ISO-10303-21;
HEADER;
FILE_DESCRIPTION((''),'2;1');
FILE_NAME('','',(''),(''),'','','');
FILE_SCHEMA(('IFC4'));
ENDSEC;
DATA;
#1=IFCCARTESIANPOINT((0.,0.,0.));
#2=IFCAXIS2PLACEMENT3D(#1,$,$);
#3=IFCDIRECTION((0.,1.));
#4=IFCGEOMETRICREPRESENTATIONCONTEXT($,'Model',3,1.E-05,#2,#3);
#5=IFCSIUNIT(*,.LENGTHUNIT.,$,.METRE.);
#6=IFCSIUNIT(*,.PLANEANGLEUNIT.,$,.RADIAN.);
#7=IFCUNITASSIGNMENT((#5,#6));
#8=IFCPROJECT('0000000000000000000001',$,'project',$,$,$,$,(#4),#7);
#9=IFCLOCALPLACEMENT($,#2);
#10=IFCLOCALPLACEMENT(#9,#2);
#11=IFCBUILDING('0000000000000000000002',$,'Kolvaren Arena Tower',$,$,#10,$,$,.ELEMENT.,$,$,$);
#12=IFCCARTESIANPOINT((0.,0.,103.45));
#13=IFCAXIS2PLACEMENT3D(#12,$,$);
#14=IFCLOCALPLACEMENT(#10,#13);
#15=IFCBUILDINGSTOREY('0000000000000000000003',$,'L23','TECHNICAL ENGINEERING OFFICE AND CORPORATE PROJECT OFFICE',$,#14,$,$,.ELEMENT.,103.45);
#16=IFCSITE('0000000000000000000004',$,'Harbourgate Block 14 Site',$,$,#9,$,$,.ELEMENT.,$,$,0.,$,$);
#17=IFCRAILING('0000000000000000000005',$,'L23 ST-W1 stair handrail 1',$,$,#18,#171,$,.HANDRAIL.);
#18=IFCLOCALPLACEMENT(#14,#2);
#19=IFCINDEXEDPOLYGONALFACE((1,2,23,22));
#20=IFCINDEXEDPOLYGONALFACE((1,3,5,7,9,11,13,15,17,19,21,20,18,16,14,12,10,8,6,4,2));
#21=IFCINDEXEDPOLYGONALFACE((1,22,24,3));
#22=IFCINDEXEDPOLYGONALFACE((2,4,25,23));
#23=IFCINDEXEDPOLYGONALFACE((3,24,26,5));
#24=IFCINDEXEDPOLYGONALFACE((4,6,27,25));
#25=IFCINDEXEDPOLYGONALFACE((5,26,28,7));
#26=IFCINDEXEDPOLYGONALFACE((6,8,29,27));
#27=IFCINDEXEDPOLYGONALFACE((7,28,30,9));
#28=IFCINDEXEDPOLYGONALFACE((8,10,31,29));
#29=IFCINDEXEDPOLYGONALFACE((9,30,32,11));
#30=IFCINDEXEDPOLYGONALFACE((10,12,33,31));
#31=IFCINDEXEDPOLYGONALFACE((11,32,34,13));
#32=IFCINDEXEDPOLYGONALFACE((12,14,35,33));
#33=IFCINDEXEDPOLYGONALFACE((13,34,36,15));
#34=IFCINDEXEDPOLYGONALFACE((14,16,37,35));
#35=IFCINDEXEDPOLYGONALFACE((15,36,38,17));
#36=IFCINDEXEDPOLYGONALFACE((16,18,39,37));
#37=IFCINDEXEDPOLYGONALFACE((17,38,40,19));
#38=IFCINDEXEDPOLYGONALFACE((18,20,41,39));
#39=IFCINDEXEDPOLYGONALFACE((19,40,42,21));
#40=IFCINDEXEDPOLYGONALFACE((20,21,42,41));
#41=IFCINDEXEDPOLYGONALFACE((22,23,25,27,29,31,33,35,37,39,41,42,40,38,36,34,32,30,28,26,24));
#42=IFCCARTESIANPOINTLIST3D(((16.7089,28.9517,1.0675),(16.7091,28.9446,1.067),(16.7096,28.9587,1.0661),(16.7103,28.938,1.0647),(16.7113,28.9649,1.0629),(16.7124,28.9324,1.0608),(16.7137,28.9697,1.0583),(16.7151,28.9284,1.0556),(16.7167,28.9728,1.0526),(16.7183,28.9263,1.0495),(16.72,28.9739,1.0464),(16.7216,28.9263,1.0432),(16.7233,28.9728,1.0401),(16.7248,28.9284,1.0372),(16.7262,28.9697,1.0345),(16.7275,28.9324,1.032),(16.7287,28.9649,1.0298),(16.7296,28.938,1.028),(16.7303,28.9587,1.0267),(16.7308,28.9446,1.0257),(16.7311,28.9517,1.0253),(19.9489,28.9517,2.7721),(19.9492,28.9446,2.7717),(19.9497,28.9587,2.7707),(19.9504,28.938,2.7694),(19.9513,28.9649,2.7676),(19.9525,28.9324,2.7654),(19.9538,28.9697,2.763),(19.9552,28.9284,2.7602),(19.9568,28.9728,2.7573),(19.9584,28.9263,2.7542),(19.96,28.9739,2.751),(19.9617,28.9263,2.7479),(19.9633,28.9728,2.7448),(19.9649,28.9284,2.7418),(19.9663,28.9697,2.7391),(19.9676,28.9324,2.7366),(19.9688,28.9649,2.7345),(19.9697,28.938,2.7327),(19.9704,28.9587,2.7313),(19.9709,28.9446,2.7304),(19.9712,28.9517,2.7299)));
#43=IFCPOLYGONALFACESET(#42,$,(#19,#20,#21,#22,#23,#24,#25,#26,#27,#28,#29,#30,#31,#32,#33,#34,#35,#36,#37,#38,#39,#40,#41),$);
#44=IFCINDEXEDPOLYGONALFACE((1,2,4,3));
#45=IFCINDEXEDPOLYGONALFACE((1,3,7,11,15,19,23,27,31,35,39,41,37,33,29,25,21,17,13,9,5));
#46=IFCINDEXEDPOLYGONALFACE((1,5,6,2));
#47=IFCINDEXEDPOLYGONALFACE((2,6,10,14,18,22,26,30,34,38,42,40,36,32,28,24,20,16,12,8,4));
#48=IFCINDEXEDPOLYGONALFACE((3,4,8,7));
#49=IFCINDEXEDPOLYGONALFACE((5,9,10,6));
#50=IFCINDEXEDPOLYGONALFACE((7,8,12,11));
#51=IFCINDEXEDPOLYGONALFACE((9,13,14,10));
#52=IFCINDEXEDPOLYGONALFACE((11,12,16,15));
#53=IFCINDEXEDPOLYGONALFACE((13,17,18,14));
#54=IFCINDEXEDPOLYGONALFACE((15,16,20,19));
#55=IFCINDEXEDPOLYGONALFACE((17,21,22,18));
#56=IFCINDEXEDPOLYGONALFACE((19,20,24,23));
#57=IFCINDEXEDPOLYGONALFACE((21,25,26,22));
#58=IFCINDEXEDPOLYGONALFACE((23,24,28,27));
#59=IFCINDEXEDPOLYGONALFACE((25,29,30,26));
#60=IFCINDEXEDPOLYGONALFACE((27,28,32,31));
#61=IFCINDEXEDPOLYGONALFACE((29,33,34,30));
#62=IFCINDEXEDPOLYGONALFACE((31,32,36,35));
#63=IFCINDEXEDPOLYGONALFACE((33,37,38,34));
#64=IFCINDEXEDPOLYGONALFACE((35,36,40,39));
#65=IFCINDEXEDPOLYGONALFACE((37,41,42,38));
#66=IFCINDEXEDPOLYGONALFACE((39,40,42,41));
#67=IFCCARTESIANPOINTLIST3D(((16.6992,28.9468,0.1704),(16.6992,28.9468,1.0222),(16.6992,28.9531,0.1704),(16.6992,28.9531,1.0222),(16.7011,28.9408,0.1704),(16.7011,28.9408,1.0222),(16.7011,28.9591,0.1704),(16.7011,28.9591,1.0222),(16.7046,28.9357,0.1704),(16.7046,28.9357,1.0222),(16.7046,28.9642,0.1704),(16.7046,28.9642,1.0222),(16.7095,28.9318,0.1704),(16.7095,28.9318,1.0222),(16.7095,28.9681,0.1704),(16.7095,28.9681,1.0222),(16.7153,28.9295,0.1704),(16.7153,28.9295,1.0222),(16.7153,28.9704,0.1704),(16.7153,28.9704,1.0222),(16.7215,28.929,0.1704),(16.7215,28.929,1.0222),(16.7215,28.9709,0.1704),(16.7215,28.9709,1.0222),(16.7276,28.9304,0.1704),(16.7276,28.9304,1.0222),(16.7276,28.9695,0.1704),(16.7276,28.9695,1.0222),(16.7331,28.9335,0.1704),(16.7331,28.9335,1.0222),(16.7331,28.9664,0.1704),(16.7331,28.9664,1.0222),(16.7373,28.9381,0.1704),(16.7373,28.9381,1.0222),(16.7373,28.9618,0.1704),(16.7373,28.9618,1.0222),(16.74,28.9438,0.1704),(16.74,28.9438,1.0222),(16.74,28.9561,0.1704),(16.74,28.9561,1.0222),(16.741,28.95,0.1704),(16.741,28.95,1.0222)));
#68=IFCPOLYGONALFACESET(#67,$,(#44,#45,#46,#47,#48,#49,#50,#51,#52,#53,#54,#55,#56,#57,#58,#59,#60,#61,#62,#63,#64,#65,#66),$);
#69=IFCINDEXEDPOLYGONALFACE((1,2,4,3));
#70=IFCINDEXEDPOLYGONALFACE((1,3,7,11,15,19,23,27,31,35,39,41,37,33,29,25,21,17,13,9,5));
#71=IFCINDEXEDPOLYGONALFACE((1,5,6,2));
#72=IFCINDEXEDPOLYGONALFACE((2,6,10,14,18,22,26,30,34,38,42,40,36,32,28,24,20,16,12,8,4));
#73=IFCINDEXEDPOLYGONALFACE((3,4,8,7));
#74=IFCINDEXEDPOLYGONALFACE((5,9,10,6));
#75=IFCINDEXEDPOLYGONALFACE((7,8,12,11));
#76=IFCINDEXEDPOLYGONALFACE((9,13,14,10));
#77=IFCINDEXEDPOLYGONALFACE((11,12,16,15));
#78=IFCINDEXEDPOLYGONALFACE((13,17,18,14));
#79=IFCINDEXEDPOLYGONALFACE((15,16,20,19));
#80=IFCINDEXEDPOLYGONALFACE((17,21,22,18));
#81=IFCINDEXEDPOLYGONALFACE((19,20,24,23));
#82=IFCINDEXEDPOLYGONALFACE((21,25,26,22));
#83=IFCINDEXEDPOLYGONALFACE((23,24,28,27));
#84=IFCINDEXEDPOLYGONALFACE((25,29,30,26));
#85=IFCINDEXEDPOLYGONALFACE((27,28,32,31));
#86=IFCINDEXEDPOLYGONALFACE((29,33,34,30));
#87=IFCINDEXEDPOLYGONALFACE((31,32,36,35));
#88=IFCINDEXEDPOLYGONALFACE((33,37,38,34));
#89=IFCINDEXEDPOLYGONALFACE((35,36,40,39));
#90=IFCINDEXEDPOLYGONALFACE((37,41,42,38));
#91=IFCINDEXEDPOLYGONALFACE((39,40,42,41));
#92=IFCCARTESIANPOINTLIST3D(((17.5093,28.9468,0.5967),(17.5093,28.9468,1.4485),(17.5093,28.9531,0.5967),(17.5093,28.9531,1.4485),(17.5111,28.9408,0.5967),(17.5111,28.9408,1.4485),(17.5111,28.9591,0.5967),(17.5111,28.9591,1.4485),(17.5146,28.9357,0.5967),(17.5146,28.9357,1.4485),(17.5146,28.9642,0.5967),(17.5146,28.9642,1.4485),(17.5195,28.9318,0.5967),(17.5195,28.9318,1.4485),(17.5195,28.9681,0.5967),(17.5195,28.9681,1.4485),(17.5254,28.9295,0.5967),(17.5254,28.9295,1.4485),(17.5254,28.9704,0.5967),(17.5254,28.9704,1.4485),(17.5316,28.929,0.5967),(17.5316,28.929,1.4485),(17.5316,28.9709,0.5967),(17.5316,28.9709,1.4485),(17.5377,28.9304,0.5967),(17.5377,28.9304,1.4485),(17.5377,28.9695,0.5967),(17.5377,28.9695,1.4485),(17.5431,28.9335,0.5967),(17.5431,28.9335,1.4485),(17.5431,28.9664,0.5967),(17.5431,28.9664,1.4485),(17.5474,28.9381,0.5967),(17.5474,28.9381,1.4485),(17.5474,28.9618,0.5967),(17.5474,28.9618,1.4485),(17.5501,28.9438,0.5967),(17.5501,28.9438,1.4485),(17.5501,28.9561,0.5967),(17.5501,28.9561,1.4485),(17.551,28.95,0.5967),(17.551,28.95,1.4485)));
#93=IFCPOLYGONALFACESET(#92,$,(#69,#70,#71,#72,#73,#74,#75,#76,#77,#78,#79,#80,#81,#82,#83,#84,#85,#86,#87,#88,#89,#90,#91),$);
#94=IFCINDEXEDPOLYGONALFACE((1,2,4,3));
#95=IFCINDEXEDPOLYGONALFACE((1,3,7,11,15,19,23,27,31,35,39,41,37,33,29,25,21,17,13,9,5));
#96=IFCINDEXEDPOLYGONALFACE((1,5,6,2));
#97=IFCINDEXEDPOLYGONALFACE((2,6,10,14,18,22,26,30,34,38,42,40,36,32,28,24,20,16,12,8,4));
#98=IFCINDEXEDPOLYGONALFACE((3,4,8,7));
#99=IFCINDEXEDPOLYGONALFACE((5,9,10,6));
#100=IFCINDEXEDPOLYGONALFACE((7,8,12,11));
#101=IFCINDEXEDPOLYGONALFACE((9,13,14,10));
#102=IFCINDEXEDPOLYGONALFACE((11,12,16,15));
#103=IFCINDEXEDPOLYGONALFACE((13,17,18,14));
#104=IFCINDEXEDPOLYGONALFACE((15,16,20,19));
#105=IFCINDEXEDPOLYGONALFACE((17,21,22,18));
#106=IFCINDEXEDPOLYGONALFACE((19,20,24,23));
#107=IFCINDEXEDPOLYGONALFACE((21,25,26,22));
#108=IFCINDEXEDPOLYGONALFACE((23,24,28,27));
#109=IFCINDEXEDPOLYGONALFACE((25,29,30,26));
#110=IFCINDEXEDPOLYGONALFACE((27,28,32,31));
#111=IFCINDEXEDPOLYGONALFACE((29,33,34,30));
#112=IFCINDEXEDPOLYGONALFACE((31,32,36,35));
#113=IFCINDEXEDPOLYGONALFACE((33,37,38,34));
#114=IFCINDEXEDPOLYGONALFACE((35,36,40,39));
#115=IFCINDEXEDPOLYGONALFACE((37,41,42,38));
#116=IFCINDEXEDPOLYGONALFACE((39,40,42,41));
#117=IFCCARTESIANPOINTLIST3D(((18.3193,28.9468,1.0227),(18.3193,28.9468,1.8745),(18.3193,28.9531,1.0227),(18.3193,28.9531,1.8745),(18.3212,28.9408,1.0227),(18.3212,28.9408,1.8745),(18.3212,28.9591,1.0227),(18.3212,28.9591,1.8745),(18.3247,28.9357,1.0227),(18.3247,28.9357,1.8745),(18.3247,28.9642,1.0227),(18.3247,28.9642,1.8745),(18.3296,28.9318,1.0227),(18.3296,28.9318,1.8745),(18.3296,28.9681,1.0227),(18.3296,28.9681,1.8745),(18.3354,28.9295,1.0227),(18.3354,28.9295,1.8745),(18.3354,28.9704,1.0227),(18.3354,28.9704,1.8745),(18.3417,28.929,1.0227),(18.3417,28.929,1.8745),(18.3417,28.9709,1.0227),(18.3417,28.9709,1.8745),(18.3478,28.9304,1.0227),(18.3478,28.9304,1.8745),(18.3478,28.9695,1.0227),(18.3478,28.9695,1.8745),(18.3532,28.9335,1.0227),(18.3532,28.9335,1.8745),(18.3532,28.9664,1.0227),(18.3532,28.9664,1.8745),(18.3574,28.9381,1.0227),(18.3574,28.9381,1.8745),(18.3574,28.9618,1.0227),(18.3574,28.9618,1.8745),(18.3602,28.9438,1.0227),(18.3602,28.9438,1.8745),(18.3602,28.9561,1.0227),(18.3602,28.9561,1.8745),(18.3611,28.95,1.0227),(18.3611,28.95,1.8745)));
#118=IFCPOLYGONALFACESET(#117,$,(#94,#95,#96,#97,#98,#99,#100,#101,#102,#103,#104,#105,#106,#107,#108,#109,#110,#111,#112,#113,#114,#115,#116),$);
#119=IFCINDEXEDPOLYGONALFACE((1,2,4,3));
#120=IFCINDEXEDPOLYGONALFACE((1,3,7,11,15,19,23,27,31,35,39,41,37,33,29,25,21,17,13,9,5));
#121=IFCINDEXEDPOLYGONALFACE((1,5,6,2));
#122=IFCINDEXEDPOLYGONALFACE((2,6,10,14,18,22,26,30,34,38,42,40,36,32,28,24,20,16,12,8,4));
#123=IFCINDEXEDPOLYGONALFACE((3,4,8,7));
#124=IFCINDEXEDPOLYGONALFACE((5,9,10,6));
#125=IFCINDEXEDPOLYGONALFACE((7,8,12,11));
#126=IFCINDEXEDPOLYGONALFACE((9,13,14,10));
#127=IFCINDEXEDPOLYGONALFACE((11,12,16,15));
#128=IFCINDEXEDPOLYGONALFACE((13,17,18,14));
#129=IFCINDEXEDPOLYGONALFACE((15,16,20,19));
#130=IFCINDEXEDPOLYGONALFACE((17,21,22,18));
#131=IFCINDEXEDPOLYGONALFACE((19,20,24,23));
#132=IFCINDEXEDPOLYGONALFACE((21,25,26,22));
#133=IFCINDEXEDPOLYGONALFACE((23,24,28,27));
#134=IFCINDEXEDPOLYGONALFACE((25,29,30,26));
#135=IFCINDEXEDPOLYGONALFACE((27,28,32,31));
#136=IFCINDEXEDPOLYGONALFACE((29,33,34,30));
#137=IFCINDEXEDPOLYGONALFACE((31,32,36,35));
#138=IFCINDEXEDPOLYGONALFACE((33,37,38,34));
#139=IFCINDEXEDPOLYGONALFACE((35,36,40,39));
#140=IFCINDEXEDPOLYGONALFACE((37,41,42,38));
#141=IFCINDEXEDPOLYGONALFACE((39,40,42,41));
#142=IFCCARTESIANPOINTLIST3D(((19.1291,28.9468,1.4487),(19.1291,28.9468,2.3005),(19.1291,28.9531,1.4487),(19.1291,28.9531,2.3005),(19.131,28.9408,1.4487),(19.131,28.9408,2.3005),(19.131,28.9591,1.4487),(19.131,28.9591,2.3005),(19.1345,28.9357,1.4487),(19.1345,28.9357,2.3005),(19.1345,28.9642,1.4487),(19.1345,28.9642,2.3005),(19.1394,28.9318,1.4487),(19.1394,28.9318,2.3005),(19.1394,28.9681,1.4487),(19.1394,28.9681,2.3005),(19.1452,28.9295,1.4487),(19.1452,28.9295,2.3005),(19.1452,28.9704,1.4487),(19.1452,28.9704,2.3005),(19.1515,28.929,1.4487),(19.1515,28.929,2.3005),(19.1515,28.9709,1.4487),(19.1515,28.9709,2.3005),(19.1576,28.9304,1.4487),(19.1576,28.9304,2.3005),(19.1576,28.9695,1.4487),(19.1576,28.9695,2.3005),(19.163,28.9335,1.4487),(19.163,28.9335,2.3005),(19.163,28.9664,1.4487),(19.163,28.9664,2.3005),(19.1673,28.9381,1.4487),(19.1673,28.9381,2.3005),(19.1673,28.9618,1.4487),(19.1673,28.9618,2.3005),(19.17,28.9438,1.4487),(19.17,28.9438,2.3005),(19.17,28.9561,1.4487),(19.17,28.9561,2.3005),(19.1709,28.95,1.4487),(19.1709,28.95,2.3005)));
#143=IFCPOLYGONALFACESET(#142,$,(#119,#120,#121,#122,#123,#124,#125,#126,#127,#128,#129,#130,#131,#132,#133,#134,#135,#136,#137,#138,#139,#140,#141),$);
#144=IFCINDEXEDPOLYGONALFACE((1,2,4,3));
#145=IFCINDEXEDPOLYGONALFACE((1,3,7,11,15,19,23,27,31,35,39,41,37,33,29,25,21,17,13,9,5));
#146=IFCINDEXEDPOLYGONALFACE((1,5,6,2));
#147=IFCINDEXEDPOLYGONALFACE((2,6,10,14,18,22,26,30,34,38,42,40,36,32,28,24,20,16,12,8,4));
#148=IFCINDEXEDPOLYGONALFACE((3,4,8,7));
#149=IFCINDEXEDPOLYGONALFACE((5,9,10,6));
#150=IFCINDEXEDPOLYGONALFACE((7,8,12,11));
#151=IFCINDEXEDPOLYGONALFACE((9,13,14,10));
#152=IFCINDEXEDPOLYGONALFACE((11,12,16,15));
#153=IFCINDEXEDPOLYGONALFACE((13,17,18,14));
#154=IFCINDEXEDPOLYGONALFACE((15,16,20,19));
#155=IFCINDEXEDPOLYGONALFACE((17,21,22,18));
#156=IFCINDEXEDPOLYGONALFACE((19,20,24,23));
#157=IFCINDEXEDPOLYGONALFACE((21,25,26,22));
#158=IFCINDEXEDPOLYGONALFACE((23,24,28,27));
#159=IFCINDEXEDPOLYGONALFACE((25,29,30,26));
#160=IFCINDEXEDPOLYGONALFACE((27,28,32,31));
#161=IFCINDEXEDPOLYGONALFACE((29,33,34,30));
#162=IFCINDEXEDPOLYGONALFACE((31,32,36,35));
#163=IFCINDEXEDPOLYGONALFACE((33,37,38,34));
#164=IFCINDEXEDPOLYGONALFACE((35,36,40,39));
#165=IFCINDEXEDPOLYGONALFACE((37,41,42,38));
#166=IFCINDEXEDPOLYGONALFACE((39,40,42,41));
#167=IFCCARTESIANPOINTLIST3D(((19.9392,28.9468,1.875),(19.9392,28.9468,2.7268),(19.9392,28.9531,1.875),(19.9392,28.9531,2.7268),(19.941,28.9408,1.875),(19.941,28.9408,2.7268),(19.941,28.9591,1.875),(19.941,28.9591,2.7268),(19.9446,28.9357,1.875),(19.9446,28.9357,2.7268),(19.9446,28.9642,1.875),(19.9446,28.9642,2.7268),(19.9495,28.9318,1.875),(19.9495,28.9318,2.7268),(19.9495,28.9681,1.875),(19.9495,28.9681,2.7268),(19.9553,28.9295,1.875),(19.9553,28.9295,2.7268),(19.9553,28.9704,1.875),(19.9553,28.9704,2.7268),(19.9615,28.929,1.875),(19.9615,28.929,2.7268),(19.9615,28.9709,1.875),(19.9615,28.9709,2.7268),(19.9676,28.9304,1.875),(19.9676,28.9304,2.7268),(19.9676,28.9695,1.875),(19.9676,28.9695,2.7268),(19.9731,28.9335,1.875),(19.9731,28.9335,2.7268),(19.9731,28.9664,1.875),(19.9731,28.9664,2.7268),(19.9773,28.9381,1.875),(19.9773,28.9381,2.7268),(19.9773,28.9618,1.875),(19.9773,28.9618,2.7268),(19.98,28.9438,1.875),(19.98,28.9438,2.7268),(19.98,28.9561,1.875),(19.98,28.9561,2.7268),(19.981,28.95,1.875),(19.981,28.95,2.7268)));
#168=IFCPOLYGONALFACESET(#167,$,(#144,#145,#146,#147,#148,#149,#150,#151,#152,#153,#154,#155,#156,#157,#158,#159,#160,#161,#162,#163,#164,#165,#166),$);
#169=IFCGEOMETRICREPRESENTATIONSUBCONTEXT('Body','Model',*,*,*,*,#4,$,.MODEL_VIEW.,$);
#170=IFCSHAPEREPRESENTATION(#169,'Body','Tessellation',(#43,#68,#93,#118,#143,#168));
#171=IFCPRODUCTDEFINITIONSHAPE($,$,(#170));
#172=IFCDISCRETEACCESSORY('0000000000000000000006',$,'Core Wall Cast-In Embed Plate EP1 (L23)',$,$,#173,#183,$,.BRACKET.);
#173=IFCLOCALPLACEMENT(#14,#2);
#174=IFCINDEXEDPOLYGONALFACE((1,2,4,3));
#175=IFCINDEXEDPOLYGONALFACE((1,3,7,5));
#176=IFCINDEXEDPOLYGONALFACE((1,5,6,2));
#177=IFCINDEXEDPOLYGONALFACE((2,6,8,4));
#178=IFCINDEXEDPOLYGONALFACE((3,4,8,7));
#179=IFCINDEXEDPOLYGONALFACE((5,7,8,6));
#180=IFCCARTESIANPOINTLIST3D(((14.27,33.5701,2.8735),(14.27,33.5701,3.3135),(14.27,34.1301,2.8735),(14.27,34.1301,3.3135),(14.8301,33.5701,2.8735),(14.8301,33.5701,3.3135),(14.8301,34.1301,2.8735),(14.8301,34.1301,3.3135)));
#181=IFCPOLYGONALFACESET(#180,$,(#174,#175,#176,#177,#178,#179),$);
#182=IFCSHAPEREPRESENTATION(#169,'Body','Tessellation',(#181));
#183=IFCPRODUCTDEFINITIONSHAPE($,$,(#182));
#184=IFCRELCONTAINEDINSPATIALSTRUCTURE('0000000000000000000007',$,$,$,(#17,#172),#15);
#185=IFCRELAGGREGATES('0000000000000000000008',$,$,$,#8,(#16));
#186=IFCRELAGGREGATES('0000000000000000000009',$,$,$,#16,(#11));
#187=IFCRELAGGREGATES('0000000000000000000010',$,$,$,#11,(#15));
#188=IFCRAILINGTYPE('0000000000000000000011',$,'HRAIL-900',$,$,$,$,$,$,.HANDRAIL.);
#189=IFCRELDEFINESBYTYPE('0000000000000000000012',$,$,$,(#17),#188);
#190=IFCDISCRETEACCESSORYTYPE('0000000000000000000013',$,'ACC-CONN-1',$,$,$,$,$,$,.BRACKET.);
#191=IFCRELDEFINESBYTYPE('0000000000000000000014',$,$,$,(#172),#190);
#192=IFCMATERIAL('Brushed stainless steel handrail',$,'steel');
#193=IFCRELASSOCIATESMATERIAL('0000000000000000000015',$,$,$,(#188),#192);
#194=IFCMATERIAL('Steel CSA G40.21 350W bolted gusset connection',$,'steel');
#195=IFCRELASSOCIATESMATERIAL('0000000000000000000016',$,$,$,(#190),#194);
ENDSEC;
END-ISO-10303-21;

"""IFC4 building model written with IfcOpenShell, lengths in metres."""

from ifc_helpers import new_model, si_unit, direction, frame, origin, origin_2d, place, context, subcontext, project, spatial, rectangle, circle, extrude, material, type_object, element, save


model = new_model("IFC4")

# Units and contexts
model_context = context("Model", 3, precision=1e-05, world=origin(), true_north=direction((0.0, 1.0)))
body_context = subcontext(model_context, "Body", "Model", "MODEL_VIEW")
ifc_project = project(units=[si_unit("LENGTHUNIT", "METRE"), si_unit("PLANEANGLEUNIT", "RADIAN")], contexts=[model_context])

# Site, building, storey
site_placement = place(None, origin())
site = spatial("IfcSite", under=ifc_project, at=site_placement, Name="Harbourgate Block 14 Site", CompositionType="ELEMENT", RefElevation=0.0)
building_placement = place(site_placement, origin())
building = spatial("IfcBuilding", under=site, at=building_placement, Name="Kolvaren Arena Tower", CompositionType="ELEMENT")
storey_placement = place(building_placement, frame((0.0, 0.0, 103.45)))
storey = spatial("IfcBuildingStorey", under=building, at=storey_placement, Name="L23", Description="TECHNICAL ENGINEERING OFFICE AND CORPORATE PROJECT OFFICE", CompositionType="ELEMENT", Elevation=103.45)

# Railing
ifc_material_1 = material(Name="Brushed stainless steel handrail", Category="steel")
railing_type_1 = type_object("IfcRailingType", Name="HRAIL-900", PredefinedType="HANDRAIL", material=ifc_material_1)
railing_1_placement = place(storey_placement, frame((16.72, 28.95, 0.1704)))
element("IfcRailing", 1, at=railing_1_placement, inside=storey, type_object=railing_type_1, Name="L23 ST-W1 stair handrail 1", PredefinedType="HANDRAIL", context=body_context, shape_type="SweptSolid", body=[
    extrude(circle(Radius=0.0239, at=origin_2d()), frame((0.0, 0.0, 0.876), z_axis=(0.884993, 0.0, 0.465604), x_axis=(0.0, 1.0, 0.0)), (0.0, 0.0, 1.0), 3.6611),
    extrude(circle(Radius=0.021, at=origin_2d()), origin(), (0.0, 0.0, 1.0), 0.8518),
    extrude(circle(Radius=0.021, at=origin_2d()), frame((0.8101, 0.0, 0.4263)), (0.0, 0.0, 1.0), 0.8518),
    extrude(circle(Radius=0.021, at=origin_2d()), frame((1.6201, 0.0, 0.8523)), (0.0, 0.0, 1.0), 0.8518),
    extrude(circle(Radius=0.021, at=origin_2d()), frame((2.4299, 0.0, 1.2783)), (0.0, 0.0, 1.0), 0.8518),
    extrude(circle(Radius=0.021, at=origin_2d()), frame((3.24, 0.0, 1.7046)), (0.0, 0.0, 1.0), 0.8518),
])

# Discrete accessory
ifc_material_2 = material(Name="Steel CSA G40.21 350W bolted gusset connection", Category="steel")
discrete_accessory_type = type_object("IfcDiscreteAccessoryType", Name="ACC-CONN-1", PredefinedType="BRACKET", material=ifc_material_2)
discrete_accessory_placement = place(storey_placement, frame((14.55, 33.8501, 2.8735), z_axis=(0.0, 0.0, 1.0), x_axis=(1.0, 0.0, 0.0)))
element("IfcDiscreteAccessory", 2, at=discrete_accessory_placement, inside=storey, type_object=discrete_accessory_type, Name="Core Wall Cast-In Embed Plate EP1 (L23)", PredefinedType="BRACKET", context=body_context, shape_type="SweptSolid", body=[
    extrude(rectangle(XDim=0.5601, YDim=0.5601, at=origin_2d()), origin(), (0.0, 0.0, 1.0), 0.4399),
])

save(model, "model.ifc")
